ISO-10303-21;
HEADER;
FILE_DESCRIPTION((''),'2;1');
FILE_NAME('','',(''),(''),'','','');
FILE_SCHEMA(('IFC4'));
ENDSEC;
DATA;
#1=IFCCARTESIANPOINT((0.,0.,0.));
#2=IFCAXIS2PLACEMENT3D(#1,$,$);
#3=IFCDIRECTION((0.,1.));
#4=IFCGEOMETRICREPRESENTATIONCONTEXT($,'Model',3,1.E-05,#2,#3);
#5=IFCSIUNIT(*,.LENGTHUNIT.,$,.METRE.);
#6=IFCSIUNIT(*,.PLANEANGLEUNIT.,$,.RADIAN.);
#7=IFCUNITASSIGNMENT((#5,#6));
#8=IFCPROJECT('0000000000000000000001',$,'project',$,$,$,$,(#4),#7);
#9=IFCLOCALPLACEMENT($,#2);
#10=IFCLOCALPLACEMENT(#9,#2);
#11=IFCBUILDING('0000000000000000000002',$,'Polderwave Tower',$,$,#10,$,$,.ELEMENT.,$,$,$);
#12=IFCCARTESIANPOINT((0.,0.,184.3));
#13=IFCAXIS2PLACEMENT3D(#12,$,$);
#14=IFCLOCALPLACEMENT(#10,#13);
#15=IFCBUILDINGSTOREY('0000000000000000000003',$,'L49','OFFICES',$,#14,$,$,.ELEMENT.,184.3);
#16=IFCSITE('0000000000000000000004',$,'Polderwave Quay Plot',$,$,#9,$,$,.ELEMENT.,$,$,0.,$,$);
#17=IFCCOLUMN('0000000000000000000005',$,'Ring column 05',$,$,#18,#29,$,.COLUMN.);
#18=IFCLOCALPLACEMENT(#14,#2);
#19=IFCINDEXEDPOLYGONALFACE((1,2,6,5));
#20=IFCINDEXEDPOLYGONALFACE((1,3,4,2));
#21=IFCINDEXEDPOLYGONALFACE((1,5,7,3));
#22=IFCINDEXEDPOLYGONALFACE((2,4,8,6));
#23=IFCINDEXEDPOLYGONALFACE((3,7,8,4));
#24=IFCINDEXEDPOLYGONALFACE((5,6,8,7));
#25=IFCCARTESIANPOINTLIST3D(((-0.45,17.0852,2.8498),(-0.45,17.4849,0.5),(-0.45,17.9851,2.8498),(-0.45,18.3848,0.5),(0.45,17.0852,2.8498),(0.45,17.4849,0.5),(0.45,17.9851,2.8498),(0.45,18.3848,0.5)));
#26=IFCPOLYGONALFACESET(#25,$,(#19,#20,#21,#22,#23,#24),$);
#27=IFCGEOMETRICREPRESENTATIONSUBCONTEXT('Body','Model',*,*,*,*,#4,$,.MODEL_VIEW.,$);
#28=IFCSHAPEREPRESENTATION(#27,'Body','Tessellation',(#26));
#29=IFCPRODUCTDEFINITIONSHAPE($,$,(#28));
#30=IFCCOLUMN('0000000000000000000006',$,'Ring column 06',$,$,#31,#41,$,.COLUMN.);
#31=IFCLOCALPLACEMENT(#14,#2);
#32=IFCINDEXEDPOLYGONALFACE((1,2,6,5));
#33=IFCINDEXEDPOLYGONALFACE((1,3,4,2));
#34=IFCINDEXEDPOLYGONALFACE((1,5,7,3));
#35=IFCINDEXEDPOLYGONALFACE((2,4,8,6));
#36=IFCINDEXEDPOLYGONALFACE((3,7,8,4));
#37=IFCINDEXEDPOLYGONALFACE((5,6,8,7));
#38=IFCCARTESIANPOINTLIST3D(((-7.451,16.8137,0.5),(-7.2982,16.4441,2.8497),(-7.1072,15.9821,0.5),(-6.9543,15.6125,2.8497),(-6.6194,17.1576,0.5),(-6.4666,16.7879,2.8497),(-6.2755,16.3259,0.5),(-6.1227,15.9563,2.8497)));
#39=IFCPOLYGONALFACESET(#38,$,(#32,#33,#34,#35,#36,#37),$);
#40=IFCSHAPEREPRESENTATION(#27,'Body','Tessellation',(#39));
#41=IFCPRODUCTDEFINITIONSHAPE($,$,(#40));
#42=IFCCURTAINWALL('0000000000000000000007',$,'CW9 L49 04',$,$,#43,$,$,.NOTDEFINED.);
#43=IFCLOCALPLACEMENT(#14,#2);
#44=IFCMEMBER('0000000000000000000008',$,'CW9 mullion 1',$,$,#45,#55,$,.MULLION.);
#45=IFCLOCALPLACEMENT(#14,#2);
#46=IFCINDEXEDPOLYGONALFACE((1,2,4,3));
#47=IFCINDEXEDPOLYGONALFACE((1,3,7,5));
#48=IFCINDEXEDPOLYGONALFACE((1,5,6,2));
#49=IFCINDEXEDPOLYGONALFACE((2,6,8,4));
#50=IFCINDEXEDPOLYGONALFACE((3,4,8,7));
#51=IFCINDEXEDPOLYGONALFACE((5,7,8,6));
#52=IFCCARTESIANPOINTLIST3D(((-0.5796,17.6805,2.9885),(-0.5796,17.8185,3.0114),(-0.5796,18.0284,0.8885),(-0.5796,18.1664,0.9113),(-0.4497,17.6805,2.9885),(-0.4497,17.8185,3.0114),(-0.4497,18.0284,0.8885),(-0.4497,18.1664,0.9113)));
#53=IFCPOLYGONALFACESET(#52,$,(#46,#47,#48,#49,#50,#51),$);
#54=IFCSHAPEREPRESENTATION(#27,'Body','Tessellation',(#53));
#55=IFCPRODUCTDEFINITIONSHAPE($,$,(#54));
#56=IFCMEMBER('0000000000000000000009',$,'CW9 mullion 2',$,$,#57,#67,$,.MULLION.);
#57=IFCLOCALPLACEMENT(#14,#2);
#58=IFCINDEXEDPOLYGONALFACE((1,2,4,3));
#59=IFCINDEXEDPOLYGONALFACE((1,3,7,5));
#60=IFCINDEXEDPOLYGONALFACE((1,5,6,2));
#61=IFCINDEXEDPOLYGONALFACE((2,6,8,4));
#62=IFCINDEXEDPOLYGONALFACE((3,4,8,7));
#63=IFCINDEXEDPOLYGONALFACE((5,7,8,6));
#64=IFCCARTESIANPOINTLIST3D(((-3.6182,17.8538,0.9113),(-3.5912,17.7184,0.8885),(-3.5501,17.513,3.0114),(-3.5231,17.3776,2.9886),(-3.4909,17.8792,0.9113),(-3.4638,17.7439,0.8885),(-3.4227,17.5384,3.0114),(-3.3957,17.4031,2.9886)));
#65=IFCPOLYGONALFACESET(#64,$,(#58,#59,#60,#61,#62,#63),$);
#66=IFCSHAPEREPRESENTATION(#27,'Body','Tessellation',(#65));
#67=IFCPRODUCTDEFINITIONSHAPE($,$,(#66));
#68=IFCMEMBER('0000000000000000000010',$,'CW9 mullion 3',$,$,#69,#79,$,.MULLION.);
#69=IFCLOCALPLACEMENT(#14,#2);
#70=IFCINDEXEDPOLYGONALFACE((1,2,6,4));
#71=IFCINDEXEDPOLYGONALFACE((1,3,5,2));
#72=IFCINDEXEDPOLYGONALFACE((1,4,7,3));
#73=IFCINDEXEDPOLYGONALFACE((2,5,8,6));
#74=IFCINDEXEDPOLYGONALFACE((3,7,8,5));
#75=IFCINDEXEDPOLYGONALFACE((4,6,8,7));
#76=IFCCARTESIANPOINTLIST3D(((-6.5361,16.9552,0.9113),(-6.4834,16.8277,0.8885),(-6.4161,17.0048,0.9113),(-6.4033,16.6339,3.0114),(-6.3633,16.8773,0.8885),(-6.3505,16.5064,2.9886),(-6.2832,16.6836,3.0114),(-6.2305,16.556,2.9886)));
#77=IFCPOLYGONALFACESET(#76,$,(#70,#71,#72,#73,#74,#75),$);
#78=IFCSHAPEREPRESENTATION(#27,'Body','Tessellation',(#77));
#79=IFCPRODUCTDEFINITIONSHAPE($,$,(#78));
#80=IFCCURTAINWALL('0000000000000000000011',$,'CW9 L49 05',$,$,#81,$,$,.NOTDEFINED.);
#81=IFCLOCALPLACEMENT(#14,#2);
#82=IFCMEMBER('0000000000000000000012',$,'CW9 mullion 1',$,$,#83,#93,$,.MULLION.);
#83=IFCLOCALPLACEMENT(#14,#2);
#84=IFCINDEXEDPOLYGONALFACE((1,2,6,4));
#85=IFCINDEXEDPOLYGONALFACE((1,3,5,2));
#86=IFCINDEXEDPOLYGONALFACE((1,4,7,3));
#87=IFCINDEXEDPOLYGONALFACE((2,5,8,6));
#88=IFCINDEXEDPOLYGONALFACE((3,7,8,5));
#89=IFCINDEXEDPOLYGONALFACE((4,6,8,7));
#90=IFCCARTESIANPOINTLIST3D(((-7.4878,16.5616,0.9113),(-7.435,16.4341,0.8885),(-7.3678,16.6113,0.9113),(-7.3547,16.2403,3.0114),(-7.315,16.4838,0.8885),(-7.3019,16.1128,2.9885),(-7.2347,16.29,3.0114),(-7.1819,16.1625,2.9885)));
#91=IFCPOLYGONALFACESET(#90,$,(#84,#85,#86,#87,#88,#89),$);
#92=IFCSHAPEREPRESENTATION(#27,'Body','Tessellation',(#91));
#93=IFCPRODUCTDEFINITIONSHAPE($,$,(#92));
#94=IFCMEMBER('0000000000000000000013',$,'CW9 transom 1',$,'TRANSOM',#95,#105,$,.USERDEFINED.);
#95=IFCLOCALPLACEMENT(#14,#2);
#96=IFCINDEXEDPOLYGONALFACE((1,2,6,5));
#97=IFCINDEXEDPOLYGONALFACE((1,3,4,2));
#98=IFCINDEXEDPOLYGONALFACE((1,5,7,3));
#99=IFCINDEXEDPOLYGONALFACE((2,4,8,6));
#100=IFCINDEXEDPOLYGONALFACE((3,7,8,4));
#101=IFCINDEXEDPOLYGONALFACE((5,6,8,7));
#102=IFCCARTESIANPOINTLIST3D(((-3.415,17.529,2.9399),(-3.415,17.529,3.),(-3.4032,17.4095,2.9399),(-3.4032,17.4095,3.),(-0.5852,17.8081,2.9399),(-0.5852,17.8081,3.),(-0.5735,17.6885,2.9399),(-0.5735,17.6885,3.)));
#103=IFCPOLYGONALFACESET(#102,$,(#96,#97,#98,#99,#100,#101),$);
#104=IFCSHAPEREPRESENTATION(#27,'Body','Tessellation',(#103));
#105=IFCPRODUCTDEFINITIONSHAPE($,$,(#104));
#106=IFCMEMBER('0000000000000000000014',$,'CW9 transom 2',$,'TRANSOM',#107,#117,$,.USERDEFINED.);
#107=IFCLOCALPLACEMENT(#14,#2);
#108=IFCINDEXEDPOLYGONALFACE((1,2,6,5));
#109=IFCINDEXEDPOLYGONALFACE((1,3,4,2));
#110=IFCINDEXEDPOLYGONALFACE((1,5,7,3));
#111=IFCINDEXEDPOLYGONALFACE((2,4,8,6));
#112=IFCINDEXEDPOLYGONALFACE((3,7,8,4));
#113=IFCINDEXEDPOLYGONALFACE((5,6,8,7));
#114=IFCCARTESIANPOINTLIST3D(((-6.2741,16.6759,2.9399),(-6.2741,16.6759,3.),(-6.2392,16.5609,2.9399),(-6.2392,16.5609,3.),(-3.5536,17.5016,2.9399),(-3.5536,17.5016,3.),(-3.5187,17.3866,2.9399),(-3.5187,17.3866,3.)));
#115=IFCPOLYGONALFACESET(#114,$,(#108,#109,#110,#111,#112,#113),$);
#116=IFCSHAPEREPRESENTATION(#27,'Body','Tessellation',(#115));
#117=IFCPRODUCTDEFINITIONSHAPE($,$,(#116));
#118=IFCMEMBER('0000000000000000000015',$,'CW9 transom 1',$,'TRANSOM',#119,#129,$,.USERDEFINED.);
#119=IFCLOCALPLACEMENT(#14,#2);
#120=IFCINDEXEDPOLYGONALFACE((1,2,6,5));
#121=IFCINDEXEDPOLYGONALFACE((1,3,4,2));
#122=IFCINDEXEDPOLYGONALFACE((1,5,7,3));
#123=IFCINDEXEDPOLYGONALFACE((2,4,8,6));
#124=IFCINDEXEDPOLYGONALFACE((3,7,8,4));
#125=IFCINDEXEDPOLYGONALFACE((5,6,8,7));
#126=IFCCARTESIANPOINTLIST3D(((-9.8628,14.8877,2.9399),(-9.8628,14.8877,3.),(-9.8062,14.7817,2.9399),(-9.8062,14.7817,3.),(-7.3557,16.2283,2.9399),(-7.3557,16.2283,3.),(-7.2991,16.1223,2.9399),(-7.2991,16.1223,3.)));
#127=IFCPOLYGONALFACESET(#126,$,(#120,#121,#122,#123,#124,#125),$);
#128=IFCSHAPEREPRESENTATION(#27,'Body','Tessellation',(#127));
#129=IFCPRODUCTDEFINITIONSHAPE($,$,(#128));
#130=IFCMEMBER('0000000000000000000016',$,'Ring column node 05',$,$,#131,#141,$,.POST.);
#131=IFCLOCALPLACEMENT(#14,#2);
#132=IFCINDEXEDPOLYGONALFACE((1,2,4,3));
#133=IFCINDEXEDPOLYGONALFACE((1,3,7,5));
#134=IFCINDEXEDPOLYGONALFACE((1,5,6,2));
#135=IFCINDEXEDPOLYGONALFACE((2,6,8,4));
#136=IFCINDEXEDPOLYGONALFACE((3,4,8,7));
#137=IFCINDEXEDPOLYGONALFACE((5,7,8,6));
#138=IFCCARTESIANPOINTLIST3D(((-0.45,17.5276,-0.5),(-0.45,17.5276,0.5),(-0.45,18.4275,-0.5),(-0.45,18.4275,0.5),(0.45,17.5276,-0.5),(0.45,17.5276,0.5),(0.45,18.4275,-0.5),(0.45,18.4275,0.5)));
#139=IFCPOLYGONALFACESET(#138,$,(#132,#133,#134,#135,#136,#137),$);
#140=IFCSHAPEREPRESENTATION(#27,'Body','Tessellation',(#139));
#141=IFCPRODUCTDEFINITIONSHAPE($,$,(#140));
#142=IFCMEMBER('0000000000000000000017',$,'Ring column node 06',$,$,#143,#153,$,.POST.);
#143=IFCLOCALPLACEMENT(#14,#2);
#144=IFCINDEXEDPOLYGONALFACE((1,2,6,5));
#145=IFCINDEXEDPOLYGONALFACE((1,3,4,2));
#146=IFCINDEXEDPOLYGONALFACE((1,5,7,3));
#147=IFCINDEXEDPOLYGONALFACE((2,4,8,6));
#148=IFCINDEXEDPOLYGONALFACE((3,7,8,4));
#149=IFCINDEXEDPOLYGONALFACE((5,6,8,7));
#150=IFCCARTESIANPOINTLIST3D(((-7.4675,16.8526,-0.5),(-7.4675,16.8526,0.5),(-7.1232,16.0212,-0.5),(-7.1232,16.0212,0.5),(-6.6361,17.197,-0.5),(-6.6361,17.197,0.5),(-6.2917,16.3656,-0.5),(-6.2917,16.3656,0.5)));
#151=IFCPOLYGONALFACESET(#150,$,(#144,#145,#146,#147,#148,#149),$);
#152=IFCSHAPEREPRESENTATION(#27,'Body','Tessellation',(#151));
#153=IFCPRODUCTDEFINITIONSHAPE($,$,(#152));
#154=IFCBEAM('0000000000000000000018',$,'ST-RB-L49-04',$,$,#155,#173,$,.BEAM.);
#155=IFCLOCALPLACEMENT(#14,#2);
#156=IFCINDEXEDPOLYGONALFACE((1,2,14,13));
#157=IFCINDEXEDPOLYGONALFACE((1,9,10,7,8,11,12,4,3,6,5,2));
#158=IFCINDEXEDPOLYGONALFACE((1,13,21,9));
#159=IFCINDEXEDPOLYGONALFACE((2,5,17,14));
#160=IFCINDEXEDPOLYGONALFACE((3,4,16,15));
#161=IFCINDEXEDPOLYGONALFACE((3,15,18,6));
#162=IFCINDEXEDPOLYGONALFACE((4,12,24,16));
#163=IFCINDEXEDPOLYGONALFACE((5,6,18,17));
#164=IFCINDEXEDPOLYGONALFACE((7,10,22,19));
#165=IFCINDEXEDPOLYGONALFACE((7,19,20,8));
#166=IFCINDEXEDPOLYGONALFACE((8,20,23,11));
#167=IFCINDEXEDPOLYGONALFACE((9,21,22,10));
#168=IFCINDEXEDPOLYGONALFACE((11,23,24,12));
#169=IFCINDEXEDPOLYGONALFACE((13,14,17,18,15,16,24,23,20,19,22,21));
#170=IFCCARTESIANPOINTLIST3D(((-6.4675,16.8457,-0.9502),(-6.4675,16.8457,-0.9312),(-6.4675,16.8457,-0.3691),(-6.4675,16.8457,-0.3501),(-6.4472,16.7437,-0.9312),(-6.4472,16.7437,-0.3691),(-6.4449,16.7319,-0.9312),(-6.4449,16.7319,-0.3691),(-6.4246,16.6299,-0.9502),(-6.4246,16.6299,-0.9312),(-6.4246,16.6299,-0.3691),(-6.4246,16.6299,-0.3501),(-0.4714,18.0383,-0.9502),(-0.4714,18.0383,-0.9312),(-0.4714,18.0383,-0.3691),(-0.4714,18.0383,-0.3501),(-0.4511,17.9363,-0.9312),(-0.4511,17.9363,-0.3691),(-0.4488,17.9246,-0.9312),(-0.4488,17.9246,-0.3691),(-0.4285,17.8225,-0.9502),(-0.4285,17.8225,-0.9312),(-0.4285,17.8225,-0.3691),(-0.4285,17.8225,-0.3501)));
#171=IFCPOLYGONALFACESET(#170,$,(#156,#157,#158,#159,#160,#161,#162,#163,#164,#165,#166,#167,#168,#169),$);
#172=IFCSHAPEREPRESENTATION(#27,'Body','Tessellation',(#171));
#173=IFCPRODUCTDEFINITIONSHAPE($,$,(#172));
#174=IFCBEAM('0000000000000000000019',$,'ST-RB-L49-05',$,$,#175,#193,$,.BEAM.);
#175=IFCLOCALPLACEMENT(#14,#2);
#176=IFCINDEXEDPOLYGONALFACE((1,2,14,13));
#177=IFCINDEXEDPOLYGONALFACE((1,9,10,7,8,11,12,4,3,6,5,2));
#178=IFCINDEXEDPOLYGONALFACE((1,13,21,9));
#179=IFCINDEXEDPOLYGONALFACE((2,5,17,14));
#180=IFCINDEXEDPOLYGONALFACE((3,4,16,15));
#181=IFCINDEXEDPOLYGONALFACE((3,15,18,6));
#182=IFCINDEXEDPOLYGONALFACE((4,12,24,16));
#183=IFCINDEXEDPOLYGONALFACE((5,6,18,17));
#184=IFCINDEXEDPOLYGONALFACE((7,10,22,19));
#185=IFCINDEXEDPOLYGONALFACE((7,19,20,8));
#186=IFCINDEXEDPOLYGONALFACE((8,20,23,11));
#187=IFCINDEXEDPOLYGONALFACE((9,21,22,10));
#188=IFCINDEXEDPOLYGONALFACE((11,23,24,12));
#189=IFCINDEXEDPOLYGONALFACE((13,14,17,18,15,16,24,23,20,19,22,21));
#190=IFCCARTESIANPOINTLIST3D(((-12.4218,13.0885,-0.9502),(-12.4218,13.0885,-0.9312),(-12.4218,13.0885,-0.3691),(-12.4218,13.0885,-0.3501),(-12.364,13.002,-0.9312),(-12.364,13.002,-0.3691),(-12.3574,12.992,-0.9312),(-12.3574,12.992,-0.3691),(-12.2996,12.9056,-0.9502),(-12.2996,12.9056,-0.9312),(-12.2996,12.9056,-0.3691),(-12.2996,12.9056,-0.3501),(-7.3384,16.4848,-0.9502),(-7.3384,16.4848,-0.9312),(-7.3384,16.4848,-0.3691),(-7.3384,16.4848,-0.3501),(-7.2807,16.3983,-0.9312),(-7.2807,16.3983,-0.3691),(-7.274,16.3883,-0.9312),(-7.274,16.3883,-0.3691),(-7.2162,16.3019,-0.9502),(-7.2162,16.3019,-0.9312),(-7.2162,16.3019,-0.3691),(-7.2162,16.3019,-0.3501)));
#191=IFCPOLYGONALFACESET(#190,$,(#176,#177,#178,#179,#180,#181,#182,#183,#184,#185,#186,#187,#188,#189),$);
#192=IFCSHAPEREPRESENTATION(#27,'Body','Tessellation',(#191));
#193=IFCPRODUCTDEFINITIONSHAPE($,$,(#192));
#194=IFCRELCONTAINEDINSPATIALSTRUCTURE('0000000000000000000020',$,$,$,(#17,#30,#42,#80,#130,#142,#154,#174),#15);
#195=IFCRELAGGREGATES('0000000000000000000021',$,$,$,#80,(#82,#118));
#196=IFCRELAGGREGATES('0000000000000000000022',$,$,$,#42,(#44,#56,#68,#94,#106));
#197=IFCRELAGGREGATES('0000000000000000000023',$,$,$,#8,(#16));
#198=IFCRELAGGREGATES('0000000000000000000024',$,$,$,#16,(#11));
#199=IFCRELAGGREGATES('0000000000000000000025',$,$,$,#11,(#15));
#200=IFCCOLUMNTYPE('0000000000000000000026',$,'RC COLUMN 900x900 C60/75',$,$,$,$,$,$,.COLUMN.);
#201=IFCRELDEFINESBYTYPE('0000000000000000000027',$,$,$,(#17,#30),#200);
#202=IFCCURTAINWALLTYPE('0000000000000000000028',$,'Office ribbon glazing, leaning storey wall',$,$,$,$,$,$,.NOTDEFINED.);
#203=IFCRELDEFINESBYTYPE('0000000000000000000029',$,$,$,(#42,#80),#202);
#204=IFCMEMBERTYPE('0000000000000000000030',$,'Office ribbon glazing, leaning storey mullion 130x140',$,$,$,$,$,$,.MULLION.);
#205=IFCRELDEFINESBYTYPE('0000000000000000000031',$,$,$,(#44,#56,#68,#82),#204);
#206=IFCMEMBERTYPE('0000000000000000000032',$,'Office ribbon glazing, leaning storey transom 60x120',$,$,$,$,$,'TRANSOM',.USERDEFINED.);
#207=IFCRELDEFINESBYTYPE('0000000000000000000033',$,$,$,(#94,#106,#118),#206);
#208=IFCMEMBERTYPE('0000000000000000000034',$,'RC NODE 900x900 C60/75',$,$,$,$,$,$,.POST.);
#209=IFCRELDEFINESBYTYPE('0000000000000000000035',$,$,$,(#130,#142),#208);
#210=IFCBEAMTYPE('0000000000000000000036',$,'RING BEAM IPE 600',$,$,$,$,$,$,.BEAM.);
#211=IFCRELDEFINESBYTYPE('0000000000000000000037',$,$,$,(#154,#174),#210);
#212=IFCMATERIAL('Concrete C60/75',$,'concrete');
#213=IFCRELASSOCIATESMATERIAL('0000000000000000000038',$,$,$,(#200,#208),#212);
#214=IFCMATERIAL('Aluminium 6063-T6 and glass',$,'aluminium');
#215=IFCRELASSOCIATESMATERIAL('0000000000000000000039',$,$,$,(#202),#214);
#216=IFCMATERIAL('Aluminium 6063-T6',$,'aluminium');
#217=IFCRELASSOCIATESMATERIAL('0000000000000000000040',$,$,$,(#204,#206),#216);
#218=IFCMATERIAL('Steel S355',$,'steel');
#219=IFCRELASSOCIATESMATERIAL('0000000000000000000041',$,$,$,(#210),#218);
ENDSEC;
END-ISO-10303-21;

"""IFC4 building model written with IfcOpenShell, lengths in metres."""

from ifc_helpers import new_model, si_unit, direction, frame, origin, origin_2d, place, context, subcontext, project, spatial, rectangle, i_section, extrude, material, material_profile, profile_set, type_object, element, aggregate, save


model = new_model("IFC4")

# Units and contexts
model_context = context("Model", 3, precision=1e-05, world=origin(), true_north=direction((0.0, 1.0)))
body_context = subcontext(model_context, "Body", "Model", "MODEL_VIEW")
ifc_project = project(units=[si_unit("LENGTHUNIT", "METRE"), si_unit("PLANEANGLEUNIT", "RADIAN")], contexts=[model_context])

# Site, building, storey
site_placement = place(None, origin())
site = spatial("IfcSite", under=ifc_project, at=site_placement, Name="Polderwave Quay Plot", CompositionType="ELEMENT", RefElevation=0.0)
building_placement = place(site_placement, origin())
building = spatial("IfcBuilding", under=site, at=building_placement, Name="Polderwave Tower", CompositionType="ELEMENT")
storey_placement = place(building_placement, frame((0.0, 0.0, 184.3)))
storey = spatial("IfcBuildingStorey", under=building, at=storey_placement, Name="L49", Description="OFFICES", CompositionType="ELEMENT", Elevation=184.3)

# Columns
ifc_material_1 = material(Name="Concrete C60/75", Category="concrete")
ifc_material_profile_1 = material_profile(ifc_material_1, rectangle(XDim=0.8999, YDim=0.8999, at=origin_2d()), Name="RC 900x900")
ifc_profile_set_1 = profile_set([ifc_material_profile_1], Name="Concrete C60/75")
column_type = type_object("IfcColumnType", Name="RC COLUMN 900x900 C60/75", PredefinedType="COLUMN", material=ifc_profile_set_1)
column_1_placement = place(storey_placement, frame((0.0, 17.9348, 0.5), z_axis=(0.0, 0.0, 1.0), x_axis=(1.0, 0.0, 0.0)))
element("IfcColumn", 1, at=column_1_placement, inside=storey, type_object=column_type, Name="Ring column 05", PredefinedType="COLUMN", context=body_context, shape_type="SweptSolid", body=[
    extrude(rectangle(XDim=0.8999, YDim=0.8999, at=origin_2d()), origin(), (0.0, -0.16767, 0.985843), 2.3835),
])
column_2_placement = place(storey_placement, frame((-6.8633, 16.5698, 0.5), z_axis=(0.0, 0.0, 1.0), x_axis=(0.924121, 0.3821, 0.0)))
element("IfcColumn", 2, at=column_2_placement, inside=storey, type_object=column_type, Name="Ring column 06", PredefinedType="COLUMN", context=body_context, shape_type="SweptSolid", body=[
    extrude(rectangle(XDim=0.8999, YDim=0.8999, at=origin_2d()), origin(), (0.0, -0.167801, 0.985821), 2.3835),
])

# Curtain wall, members
ifc_material_2 = material(Name="Aluminium 6063-T6 and glass", Category="aluminium")
curtain_wall_type = type_object("IfcCurtainWallType", Name="Office ribbon glazing, leaning storey wall", PredefinedType="NOTDEFINED", material=ifc_material_2)
curtain_wall_1_placement = place(storey_placement, origin())
curtain_wall_1 = element("IfcCurtainWall", 3, at=curtain_wall_1_placement, inside=storey, type_object=curtain_wall_type, Name="CW9 L49 04", PredefinedType="NOTDEFINED")
ifc_material_3 = material(Name="Aluminium 6063-T6", Category="aluminium")
ifc_material_profile_2 = material_profile(ifc_material_3, rectangle(XDim=0.1299, YDim=0.1399, at=origin_2d()), Name="AL 130x140")
ifc_profile_set_2 = profile_set([ifc_material_profile_2], Name="Aluminium 6063-T6")
member_type_1 = type_object("IfcMemberType", Name="Office ribbon glazing, leaning storey mullion 130x140", PredefinedType="MULLION", material=ifc_profile_set_2)
member_1_placement = place(storey_placement, frame((-0.5146, 18.0974, 0.8999), z_axis=(0.0, -0.163432, 0.986555), x_axis=(1.0, 0.0, 0.0)))
member_1 = element("IfcMember", 4, at=member_1_placement, type_object=member_type_1, Name="CW9 mullion 1", PredefinedType="MULLION", context=body_context, shape_type="SweptSolid", body=[
    extrude(rectangle(XDim=0.1299, YDim=0.1399, at=origin_2d()), origin(), (0.0, 0.0, 1.0), 2.1287),
])
member_2_placement = place(storey_placement, frame((-3.541, 17.7988, 0.8999), z_axis=(0.031999, -0.16011, 0.98658), x_axis=(0.980608, 0.195981, 0.0)))
member_2 = element("IfcMember", 5, at=member_2_placement, type_object=member_type_1, Name="CW9 mullion 2", PredefinedType="MULLION", context=body_context, shape_type="SweptSolid", body=[
    extrude(rectangle(XDim=0.1299, YDim=0.1399, at=origin_2d()), origin(), (0.0, 0.0, 1.0), 2.1287),
])
member_3_placement = place(storey_placement, frame((-6.4497, 16.9163, 0.8999), z_axis=(0.062392, -0.150934, 0.986573), x_axis=(0.924154, 0.382021, 0.0)))
member_3 = element("IfcMember", 6, at=member_3_placement, type_object=member_type_1, Name="CW9 mullion 3", PredefinedType="MULLION", context=body_context, shape_type="SweptSolid", body=[
    extrude(rectangle(XDim=0.1299, YDim=0.1399, at=origin_2d()), origin(), (0.0, 0.0, 1.0), 2.1287),
])

# Curtain wall, member
curtain_wall_2_placement = place(storey_placement, origin())
curtain_wall_2 = element("IfcCurtainWall", 7, at=curtain_wall_2_placement, inside=storey, type_object=curtain_wall_type, Name="CW9 L49 05", PredefinedType="NOTDEFINED")
member_4_placement = place(storey_placement, frame((-7.4014, 16.5227, 0.8999), z_axis=(0.062506, -0.150932, 0.986566), x_axis=(0.923906, 0.38262, 0.0)))
member_4 = element("IfcMember", 8, at=member_4_placement, type_object=member_type_1, Name="CW9 mullion 1", PredefinedType="MULLION", context=body_context, shape_type="SweptSolid", body=[
    extrude(rectangle(XDim=0.1299, YDim=0.1399, at=origin_2d()), origin(), (0.0, 0.0, 1.0), 2.1287),
])

# Members
ifc_material_profile_3 = material_profile(ifc_material_3, rectangle(XDim=0.1201, YDim=0.0601, at=origin_2d()), Name="AL 60x120")
ifc_profile_set_3 = profile_set([ifc_material_profile_3], Name="Aluminium 6063-T6")
member_type_2 = type_object("IfcMemberType", Name="Office ribbon glazing, leaning storey transom 60x120", ElementType="TRANSOM", PredefinedType="USERDEFINED", material=ifc_profile_set_3)
member_5_placement = place(storey_placement, frame((-0.5793, 17.7483, 2.97), z_axis=(-0.995173, -0.098135, 0.0), x_axis=(0.098135, -0.995173, 0.0)))
member_5 = element("IfcMember", 9, at=member_5_placement, type_object=member_type_2, Name="CW9 transom 1", ObjectType="TRANSOM", PredefinedType="USERDEFINED", context=body_context, shape_type="SweptSolid", body=[
    extrude(rectangle(XDim=0.1201, YDim=0.0601, at=origin_2d()), origin(), (0.0, 0.0, 1.0), 2.8435),
])
member_6_placement = place(storey_placement, frame((-3.5361, 17.4441, 2.97), z_axis=(-0.956897, -0.290427, 0.0), x_axis=(0.290427, -0.956897, 0.0)))
member_6 = element("IfcMember", 10, at=member_6_placement, type_object=member_type_2, Name="CW9 transom 2", ObjectType="TRANSOM", PredefinedType="USERDEFINED", context=body_context, shape_type="SweptSolid", body=[
    extrude(rectangle(XDim=0.1201, YDim=0.0601, at=origin_2d()), origin(), (0.0, 0.0, 1.0), 2.843),
])
member_7_placement = place(storey_placement, frame((-7.3274, 16.1753, 2.97), z_axis=(-0.881846, -0.471537, 0.0), x_axis=(0.471537, -0.881846, 0.0)))
member_7 = element("IfcMember", 11, at=member_7_placement, type_object=member_type_2, Name="CW9 transom 1", ObjectType="TRANSOM", PredefinedType="USERDEFINED", context=body_context, shape_type="SweptSolid", body=[
    extrude(rectangle(XDim=0.1201, YDim=0.0601, at=origin_2d()), origin(), (0.0, 0.0, 1.0), 2.843),
])
aggregate(curtain_wall_2, [member_4, member_7])

# Members
ifc_material_profile_4 = material_profile(ifc_material_1, rectangle(XDim=0.8999, YDim=0.8999, at=origin_2d()), Name="RC 900x900")
ifc_profile_set_4 = profile_set([ifc_material_profile_4], Name="Concrete C60/75")
member_type_3 = type_object("IfcMemberType", Name="RC NODE 900x900 C60/75", PredefinedType="POST", material=ifc_profile_set_4)
for number, where, z_axis, x_axis, name in (
    (12, (0.0, 17.9775, -0.5), (0.0, 0.0, 1.0), (0.0, 1.0, 0.0), "Ring column node 05"),
    (13, (-6.8796, 16.6091, -0.5), (0.0, 0.0, 1.0), (-0.382683, 0.92388, 0.0), "Ring column node 06"),
):
    element("IfcMember", number, at=place(storey_placement, frame(where, z_axis=z_axis, x_axis=x_axis)), inside=storey, type_object=member_type_3, Name=name, PredefinedType="POST", context=body_context, shape_type="SweptSolid", body=[
        extrude(rectangle(XDim=0.8999, YDim=0.8999, at=origin_2d()), origin(), (0.0, 0.0, 1.0), 1.0),
    ])

# Beams
ifc_material_4 = material(Name="Steel S355", Category="steel")
ifc_material_profile_5 = material_profile(ifc_material_4, i_section(OverallWidth=0.22, OverallDepth=0.6001, WebThickness=0.012, FlangeThickness=0.019, at=origin_2d()), Name="IPE 600")
ifc_profile_set_5 = profile_set([ifc_material_profile_5], Name="Steel S355")
beam_type = type_object("IfcBeamType", Name="RING BEAM IPE 600", PredefinedType="BEAM", material=ifc_profile_set_5)
for number, where, z_axis, x_axis, name in (
    (14, (-0.45, 17.9304, -0.6501), (-0.980787, -0.195079, 0.0), (0.195079, -0.980787, 0.0), "ST-RB-L49-04"),
    (15, (-7.2773, 16.3933, -0.6501), (-0.831491, -0.555539, 0.0), (0.555539, -0.831491, 0.0), "ST-RB-L49-05"),
):
    element("IfcBeam", number, at=place(storey_placement, frame(where, z_axis=z_axis, x_axis=x_axis)), inside=storey, type_object=beam_type, Name=name, PredefinedType="BEAM", context=body_context, shape_type="SweptSolid", body=[
        extrude(i_section(OverallWidth=0.22, OverallDepth=0.6001, WebThickness=0.012, FlangeThickness=0.019, at=origin_2d()), origin(), (0.0, 0.0, 1.0), 6.1135),
    ])

aggregate(curtain_wall_1, [member_1, member_2, member_3, member_5, member_6])

save(model, "model.ifc")
